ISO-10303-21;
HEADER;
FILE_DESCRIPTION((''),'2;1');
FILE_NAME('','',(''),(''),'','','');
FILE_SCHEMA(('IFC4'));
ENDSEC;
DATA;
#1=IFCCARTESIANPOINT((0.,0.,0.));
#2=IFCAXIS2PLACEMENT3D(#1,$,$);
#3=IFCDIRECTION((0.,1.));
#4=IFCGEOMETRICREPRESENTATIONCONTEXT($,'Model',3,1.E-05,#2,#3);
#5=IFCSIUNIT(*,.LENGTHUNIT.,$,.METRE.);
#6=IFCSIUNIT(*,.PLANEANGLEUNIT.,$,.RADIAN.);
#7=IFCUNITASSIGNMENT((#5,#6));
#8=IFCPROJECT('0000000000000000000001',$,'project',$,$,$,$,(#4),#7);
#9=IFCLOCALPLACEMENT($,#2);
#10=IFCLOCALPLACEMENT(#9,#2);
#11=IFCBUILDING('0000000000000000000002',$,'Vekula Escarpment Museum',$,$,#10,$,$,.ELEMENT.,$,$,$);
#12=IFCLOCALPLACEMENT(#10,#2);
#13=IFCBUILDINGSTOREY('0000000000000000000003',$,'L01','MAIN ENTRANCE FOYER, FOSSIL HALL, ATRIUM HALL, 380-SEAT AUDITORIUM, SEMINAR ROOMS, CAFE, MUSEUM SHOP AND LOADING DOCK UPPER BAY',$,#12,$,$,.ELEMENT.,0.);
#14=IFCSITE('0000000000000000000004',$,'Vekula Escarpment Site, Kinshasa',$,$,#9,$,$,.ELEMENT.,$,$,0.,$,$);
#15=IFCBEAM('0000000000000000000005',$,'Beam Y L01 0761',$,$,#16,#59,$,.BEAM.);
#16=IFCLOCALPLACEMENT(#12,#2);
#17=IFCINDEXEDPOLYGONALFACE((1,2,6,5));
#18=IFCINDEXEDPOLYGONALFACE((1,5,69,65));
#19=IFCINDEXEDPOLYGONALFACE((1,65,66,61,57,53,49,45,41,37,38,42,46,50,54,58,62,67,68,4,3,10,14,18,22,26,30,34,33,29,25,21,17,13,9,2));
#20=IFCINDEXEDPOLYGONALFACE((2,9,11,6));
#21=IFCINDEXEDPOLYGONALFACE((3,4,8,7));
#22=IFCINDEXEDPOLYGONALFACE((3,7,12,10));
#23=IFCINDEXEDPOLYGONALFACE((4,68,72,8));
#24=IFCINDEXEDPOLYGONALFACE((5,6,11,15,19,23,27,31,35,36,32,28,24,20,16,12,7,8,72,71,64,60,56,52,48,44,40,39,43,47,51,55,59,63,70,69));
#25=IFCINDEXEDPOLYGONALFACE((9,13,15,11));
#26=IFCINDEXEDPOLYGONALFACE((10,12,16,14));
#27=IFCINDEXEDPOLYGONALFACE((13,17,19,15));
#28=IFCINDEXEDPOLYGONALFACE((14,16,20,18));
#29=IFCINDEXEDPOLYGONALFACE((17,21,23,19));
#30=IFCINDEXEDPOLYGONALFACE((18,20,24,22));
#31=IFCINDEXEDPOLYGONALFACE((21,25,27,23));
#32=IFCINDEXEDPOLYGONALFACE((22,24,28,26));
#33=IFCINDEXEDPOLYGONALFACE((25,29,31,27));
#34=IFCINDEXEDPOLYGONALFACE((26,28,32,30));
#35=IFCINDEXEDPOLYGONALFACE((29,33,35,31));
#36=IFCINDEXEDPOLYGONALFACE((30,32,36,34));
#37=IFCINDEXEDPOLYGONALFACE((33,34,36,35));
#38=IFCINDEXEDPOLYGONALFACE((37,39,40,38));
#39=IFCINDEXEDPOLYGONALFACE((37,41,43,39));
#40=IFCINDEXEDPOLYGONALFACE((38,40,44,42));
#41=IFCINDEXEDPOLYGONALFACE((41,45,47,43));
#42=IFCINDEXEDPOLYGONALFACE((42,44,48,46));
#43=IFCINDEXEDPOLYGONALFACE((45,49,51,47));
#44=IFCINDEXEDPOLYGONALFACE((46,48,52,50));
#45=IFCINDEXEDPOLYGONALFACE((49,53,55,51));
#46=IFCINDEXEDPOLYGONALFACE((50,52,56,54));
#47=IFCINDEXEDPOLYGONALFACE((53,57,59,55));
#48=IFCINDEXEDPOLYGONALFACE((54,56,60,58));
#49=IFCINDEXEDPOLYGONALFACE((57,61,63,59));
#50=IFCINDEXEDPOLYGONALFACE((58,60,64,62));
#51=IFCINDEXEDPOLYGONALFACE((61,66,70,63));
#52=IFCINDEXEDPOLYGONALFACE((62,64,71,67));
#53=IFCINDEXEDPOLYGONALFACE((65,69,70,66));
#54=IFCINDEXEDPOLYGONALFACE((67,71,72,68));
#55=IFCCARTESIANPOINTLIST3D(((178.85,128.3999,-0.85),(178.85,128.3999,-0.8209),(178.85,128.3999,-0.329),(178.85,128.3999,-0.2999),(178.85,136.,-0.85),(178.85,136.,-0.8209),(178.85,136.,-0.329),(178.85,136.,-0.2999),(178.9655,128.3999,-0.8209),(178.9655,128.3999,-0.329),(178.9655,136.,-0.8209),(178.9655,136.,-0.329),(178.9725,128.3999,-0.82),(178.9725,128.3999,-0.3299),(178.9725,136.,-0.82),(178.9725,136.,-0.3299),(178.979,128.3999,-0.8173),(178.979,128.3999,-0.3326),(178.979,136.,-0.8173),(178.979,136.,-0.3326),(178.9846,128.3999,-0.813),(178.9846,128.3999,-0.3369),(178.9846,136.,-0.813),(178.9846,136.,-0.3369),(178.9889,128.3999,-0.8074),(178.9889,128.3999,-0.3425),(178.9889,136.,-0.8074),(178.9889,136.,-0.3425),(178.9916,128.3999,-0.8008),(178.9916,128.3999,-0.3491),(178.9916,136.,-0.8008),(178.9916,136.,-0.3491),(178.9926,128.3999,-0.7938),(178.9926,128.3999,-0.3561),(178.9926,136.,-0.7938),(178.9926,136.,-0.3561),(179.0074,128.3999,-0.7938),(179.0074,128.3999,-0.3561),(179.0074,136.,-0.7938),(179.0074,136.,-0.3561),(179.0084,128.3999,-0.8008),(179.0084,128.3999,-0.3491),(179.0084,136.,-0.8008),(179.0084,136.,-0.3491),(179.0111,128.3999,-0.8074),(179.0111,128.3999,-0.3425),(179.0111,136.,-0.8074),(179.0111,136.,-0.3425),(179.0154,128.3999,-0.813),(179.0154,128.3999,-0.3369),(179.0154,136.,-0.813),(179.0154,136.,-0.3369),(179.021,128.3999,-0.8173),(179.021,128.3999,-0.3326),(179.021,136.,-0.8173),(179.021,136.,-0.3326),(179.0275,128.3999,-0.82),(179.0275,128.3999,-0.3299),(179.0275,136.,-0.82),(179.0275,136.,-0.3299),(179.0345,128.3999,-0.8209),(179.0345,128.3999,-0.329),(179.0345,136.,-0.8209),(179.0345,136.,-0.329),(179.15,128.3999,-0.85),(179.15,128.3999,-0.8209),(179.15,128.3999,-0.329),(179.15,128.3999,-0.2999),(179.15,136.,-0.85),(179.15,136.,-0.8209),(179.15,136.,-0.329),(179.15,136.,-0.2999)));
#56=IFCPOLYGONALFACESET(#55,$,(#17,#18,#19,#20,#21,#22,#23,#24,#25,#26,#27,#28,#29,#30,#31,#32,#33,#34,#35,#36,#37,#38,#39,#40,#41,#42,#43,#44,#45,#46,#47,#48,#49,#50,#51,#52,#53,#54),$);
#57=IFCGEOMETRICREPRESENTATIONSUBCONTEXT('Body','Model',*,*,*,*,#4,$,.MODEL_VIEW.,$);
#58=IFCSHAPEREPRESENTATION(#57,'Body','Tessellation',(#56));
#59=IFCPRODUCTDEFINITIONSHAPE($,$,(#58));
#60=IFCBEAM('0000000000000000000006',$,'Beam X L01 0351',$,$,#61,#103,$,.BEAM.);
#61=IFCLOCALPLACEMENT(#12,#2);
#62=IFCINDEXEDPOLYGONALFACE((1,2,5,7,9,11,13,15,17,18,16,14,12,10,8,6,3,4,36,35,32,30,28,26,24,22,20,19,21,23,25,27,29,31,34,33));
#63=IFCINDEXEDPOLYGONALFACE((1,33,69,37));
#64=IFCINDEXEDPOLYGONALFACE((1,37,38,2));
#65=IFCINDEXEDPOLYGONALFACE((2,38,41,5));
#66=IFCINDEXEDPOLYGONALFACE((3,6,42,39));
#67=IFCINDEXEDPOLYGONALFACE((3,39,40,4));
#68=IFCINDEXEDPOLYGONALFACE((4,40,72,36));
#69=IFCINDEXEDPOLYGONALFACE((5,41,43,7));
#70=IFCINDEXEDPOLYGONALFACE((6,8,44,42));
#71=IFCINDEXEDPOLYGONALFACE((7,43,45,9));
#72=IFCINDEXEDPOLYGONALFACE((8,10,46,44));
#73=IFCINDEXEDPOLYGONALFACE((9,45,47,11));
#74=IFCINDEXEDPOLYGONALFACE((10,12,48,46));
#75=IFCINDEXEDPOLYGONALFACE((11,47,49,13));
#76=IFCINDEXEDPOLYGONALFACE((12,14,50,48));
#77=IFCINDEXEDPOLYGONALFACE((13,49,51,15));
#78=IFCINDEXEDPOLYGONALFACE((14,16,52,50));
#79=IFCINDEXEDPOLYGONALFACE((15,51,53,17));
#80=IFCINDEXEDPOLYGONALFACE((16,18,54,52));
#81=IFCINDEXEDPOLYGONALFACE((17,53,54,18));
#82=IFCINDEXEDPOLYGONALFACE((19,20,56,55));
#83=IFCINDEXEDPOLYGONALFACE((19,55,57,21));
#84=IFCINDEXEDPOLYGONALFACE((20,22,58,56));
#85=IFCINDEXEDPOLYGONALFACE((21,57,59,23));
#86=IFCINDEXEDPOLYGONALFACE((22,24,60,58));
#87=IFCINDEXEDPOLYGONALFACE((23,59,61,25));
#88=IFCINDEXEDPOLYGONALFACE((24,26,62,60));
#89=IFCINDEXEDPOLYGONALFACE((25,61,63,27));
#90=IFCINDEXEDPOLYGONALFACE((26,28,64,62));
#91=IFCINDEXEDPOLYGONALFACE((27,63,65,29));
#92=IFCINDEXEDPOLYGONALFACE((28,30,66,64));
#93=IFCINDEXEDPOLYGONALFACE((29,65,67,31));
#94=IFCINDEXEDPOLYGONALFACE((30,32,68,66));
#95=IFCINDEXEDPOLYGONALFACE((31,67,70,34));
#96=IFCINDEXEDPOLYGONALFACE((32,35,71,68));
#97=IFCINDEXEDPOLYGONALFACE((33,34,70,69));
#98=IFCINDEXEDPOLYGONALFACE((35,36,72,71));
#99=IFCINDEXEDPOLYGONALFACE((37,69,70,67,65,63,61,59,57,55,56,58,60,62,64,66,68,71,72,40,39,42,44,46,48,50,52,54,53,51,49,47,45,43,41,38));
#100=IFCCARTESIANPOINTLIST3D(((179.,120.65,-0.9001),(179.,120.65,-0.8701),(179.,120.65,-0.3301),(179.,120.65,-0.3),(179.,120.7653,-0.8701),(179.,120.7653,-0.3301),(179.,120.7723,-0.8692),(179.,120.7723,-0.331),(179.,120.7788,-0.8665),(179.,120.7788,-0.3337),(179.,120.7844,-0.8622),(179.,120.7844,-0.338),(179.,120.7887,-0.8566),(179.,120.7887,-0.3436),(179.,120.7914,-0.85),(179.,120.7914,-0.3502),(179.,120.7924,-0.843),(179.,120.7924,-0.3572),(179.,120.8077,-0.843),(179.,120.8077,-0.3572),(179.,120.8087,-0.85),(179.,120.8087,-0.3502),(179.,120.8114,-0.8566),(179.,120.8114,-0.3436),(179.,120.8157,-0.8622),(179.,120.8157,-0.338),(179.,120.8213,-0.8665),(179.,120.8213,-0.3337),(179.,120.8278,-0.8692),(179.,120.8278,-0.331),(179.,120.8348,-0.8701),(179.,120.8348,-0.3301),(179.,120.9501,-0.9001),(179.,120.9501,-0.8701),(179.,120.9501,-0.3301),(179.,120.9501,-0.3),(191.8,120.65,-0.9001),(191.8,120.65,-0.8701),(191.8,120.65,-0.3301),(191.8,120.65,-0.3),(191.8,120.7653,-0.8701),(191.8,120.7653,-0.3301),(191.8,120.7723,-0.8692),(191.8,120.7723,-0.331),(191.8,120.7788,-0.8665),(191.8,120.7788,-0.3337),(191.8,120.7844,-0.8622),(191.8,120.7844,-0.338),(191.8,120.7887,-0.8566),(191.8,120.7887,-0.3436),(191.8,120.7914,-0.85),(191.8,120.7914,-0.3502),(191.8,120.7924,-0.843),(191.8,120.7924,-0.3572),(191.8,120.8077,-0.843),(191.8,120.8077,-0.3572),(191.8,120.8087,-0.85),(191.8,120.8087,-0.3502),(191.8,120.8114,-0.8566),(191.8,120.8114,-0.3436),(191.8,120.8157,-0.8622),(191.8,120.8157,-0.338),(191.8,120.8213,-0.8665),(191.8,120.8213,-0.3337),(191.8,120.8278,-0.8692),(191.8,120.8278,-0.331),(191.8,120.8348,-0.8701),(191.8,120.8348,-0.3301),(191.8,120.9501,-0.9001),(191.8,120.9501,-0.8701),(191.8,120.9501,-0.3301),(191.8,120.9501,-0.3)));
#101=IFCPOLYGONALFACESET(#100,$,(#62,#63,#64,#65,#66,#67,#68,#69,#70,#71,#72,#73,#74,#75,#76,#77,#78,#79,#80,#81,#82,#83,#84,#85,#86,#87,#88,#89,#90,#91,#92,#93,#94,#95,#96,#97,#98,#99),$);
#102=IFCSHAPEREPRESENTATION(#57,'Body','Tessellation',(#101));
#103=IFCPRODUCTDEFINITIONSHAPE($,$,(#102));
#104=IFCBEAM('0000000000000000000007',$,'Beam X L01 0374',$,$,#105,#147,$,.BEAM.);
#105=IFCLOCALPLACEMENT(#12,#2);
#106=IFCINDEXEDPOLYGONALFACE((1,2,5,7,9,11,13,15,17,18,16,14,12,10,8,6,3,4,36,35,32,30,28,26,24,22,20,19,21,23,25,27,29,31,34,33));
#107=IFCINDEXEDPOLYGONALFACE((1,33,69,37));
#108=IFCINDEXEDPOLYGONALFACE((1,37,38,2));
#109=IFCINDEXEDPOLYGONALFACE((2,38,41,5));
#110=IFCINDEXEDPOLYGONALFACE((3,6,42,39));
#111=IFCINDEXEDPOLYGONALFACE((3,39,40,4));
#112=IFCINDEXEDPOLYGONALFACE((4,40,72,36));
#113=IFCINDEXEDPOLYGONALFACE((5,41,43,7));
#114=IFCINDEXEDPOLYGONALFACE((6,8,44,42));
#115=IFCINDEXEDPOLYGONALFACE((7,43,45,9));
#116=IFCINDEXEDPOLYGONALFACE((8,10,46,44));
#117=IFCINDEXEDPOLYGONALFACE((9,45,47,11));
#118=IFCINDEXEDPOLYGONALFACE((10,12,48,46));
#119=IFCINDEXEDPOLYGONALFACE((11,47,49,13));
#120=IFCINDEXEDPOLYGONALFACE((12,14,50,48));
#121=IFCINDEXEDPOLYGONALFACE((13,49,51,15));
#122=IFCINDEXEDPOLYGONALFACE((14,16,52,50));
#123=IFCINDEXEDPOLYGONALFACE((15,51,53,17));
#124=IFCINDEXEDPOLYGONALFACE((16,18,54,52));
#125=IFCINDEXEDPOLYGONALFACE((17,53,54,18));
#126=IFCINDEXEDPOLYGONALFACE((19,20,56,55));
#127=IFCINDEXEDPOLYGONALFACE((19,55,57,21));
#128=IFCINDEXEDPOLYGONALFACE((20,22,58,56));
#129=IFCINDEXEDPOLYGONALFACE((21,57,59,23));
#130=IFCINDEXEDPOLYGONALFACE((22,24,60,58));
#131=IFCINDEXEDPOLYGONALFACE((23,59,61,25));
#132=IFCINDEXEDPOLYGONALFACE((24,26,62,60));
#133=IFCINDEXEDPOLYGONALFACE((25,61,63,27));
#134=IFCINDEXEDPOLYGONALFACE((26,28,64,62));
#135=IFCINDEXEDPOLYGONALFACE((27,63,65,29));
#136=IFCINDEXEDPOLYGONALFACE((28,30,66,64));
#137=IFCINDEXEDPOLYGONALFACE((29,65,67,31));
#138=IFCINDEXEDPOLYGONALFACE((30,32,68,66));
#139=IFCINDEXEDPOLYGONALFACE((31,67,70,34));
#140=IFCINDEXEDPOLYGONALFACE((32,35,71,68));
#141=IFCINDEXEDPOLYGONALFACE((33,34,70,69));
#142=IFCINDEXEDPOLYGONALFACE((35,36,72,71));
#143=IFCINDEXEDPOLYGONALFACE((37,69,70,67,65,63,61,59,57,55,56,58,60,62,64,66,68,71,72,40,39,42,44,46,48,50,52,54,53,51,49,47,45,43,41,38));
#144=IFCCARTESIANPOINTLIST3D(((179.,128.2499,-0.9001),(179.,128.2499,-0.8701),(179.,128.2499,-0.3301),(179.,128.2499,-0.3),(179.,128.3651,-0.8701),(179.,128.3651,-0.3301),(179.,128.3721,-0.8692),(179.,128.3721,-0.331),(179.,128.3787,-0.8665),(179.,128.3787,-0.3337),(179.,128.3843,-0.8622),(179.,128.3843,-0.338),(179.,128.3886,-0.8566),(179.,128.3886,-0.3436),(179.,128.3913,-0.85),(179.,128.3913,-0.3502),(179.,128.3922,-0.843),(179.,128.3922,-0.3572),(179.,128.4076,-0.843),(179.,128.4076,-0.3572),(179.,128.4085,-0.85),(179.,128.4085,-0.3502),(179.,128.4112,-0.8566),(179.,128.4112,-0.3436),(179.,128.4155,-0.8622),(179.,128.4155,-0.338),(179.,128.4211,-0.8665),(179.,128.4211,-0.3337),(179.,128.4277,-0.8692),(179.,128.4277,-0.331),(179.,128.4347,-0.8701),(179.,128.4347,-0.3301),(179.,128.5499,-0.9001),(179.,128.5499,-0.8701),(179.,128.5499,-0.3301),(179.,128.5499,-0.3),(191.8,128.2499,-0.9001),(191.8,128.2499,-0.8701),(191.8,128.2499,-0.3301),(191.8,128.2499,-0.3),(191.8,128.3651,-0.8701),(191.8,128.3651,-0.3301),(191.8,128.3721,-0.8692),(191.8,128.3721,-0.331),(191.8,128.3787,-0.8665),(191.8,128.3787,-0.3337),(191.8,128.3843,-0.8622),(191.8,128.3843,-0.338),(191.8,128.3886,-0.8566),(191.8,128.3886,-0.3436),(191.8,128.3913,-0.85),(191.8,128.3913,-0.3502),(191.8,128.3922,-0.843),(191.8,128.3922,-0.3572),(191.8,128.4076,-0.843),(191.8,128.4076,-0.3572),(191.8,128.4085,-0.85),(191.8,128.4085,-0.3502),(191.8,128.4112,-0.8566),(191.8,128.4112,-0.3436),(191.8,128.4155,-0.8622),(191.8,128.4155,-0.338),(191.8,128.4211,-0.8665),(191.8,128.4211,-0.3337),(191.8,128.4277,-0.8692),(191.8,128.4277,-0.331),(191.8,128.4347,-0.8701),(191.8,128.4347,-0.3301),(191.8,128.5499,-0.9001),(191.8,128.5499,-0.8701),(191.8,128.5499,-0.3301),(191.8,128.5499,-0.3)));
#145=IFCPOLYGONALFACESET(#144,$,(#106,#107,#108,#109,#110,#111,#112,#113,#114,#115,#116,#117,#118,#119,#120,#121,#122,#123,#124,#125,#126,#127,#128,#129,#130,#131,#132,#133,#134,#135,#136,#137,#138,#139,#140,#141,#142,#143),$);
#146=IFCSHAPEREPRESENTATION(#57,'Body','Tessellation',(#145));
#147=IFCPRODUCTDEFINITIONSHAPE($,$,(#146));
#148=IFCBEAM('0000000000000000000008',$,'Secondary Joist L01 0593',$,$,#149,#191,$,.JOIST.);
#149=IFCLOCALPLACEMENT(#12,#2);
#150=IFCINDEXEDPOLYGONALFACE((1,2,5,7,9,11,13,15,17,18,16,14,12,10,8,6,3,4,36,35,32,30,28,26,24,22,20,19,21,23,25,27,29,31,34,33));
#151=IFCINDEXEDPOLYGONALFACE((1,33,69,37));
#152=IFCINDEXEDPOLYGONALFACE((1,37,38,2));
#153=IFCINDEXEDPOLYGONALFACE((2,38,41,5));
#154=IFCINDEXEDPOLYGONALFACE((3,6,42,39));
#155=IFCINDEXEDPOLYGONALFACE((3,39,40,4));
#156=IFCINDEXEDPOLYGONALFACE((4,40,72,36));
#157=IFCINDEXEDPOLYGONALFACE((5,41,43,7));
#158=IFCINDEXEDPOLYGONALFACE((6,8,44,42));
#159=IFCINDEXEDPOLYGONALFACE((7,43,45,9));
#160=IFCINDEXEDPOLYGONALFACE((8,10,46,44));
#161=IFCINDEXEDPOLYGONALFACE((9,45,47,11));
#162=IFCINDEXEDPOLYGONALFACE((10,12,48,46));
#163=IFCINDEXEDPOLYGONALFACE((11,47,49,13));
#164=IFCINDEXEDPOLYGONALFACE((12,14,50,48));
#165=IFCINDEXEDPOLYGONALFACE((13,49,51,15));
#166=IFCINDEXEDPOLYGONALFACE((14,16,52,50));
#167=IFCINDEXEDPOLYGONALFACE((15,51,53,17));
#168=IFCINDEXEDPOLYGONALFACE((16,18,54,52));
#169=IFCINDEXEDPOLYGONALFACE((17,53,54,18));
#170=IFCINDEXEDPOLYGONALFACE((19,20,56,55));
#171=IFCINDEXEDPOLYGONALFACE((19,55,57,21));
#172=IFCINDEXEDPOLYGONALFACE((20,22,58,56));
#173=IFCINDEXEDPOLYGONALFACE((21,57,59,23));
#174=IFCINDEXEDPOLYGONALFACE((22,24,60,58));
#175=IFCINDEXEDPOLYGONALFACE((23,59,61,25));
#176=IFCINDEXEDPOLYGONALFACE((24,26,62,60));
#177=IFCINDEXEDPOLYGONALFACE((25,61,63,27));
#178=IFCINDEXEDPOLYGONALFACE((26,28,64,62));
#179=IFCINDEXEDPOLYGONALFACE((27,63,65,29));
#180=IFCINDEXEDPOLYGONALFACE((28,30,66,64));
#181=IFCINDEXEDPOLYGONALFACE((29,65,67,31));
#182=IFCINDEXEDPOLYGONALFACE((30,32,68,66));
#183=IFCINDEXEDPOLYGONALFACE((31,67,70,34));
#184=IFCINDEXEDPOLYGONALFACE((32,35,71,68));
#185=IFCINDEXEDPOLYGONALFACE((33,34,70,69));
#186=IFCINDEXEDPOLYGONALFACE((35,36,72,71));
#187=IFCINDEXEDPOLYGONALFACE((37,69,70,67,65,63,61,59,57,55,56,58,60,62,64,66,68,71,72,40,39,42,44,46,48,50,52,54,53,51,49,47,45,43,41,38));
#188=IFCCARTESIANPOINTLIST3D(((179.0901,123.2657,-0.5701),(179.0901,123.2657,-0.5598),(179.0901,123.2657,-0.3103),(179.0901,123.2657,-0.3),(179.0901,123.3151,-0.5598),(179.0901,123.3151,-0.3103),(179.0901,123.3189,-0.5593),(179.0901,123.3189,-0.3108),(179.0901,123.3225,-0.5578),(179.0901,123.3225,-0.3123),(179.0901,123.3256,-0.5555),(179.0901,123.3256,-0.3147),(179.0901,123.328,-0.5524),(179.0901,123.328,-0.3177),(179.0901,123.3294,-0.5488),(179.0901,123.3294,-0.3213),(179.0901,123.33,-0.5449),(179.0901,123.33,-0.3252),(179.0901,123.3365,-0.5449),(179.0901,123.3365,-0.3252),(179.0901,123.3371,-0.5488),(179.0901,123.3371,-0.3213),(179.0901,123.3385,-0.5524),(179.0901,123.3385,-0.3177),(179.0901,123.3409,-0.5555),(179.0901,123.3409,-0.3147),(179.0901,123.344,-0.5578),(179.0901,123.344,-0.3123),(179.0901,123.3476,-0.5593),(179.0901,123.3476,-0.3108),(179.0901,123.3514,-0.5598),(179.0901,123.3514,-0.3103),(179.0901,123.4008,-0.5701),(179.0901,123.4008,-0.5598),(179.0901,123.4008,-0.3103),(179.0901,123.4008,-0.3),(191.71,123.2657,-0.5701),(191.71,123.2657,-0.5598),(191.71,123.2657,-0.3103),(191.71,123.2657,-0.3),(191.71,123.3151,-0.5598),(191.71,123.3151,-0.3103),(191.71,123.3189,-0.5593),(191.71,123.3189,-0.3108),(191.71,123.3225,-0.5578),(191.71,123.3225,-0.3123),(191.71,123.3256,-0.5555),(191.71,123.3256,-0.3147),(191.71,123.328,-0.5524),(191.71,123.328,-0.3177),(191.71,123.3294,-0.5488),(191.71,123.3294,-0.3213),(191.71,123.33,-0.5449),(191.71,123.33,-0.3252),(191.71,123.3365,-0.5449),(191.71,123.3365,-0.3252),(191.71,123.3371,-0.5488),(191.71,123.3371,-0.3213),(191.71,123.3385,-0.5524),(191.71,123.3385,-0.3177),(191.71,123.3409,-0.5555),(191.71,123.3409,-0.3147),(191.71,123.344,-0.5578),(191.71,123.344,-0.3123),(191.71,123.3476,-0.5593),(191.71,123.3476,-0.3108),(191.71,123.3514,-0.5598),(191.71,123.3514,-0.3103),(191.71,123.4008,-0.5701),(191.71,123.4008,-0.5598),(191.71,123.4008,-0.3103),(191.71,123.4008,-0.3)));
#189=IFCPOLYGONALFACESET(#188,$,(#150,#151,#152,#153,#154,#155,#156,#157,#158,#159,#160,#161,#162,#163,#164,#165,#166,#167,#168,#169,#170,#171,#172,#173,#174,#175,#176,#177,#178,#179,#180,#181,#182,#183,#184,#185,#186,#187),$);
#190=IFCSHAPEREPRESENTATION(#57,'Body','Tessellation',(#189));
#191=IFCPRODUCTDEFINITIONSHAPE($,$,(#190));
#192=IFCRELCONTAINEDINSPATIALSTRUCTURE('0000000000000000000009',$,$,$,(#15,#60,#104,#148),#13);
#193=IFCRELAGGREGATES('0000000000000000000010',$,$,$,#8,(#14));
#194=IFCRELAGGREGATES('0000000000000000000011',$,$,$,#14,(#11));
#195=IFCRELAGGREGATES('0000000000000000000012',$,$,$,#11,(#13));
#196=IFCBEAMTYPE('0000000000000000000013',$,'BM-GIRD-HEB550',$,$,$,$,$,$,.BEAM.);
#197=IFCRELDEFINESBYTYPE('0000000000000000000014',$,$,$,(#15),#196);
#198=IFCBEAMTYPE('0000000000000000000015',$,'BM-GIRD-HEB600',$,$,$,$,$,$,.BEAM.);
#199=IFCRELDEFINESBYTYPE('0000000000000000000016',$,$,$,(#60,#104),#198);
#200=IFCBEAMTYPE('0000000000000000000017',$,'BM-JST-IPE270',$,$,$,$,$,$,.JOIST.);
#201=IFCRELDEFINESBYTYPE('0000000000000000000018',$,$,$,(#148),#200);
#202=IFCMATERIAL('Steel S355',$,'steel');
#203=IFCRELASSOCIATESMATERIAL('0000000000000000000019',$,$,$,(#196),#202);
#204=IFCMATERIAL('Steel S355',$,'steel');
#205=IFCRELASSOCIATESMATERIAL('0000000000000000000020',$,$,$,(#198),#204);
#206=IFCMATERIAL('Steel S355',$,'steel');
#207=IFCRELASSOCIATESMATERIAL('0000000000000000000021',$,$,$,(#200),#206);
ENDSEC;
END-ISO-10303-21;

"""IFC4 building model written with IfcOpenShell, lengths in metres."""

from ifc_helpers import new_model, si_unit, direction, frame, origin, origin_2d, place, context, subcontext, project, spatial, i_section, extrude, material, material_profile, profile_set, type_object, element, save


model = new_model("IFC4")

# Units and contexts
model_context = context("Model", 3, precision=1e-05, world=origin(), true_north=direction((0.0, 1.0)))
body_context = subcontext(model_context, "Body", "Model", "MODEL_VIEW")
ifc_project = project(units=[si_unit("LENGTHUNIT", "METRE"), si_unit("PLANEANGLEUNIT", "RADIAN")], contexts=[model_context])

# Site, building, storey
site_placement = place(None, origin())
site = spatial("IfcSite", under=ifc_project, at=site_placement, Name="Vekula Escarpment Site, Kinshasa", CompositionType="ELEMENT", RefElevation=0.0)
building_placement = place(site_placement, origin())
building = spatial("IfcBuilding", under=site, at=building_placement, Name="Vekula Escarpment Museum", CompositionType="ELEMENT")
storey_placement = place(building_placement, origin())
storey = spatial("IfcBuildingStorey", under=building, at=storey_placement, Name="L01", Description="MAIN ENTRANCE FOYER, FOSSIL HALL, ATRIUM HALL, 380-SEAT AUDITORIUM, SEMINAR ROOMS, CAFE, MUSEUM SHOP AND LOADING DOCK UPPER BAY", CompositionType="ELEMENT", Elevation=0.0)

# Beams
ifc_material_1 = material(Name="Steel S355", Category="steel")
ifc_material_profile_1 = material_profile(ifc_material_1, i_section(OverallWidth=0.3, OverallDepth=0.55, WebThickness=0.0149, FlangeThickness=0.0291, FilletRadius=0.0271, at=origin_2d()), Name="HEB 550")
ifc_profile_set_1 = profile_set([ifc_material_profile_1], Name="Steel S355")
beam_type_1 = type_object("IfcBeamType", Name="BM-GIRD-HEB550", PredefinedType="BEAM", material=ifc_profile_set_1)
beam_1_placement = place(storey_placement, frame((179.0, 128.3999, -0.575), z_axis=(0.0, 1.0, 0.0), x_axis=(-1.0, 0.0, 0.0)))
element("IfcBeam", 1, at=beam_1_placement, inside=storey, type_object=beam_type_1, Name="Beam Y L01 0761", PredefinedType="BEAM", context=body_context, shape_type="SweptSolid", body=[
    extrude(i_section(OverallWidth=0.3, OverallDepth=0.55, WebThickness=0.0149, FlangeThickness=0.0291, FilletRadius=0.0271, at=origin_2d()), origin(), (0.0, 0.0, 1.0), 7.6001),
])
ifc_material_2 = material(Name="Steel S355", Category="steel")
ifc_material_profile_2 = material_profile(ifc_material_2, i_section(OverallWidth=0.3, OverallDepth=0.6001, WebThickness=0.0154, FlangeThickness=0.03, FilletRadius=0.0271, at=origin_2d()), Name="HEB 600")
ifc_profile_set_2 = profile_set([ifc_material_profile_2], Name="Steel S355")
beam_type_2 = type_object("IfcBeamType", Name="BM-GIRD-HEB600", PredefinedType="BEAM", material=ifc_profile_set_2)
for number, where, z_axis, x_axis, name in (
    (2, (179.0, 120.8, -0.6001), (1.0, 0.0, 0.0), (0.0, 1.0, 0.0), "Beam X L01 0351"),
    (3, (179.0, 128.3999, -0.6001), (1.0, 0.0, 0.0), (0.0, 1.0, 0.0), "Beam X L01 0374"),
):
    element("IfcBeam", number, at=place(storey_placement, frame(where, z_axis=z_axis, x_axis=x_axis)), inside=storey, type_object=beam_type_2, Name=name, PredefinedType="BEAM", context=body_context, shape_type="SweptSolid", body=[
        extrude(i_section(OverallWidth=0.3, OverallDepth=0.6001, WebThickness=0.0154, FlangeThickness=0.03, FilletRadius=0.0271, at=origin_2d()), origin(), (0.0, 0.0, 1.0), 12.8),
    ])
ifc_material_3 = material(Name="Steel S355", Category="steel")
ifc_material_profile_3 = material_profile(ifc_material_3, i_section(OverallWidth=0.135, OverallDepth=0.27, WebThickness=0.0066, FlangeThickness=0.0103, FilletRadius=0.0149, at=origin_2d()), Name="IPE 270")
ifc_profile_set_3 = profile_set([ifc_material_profile_3], Name="Steel S355")
beam_type_3 = type_object("IfcBeamType", Name="BM-JST-IPE270", PredefinedType="JOIST", material=ifc_profile_set_3)
for number, where, z_axis, x_axis, name in (
    (4, (179.0901, 123.3333, -0.4351), (1.0, 0.0, 0.0), (0.0, 1.0, 0.0), "Secondary Joist L01 0593"),
):
    element("IfcBeam", number, at=place(storey_placement, frame(where, z_axis=z_axis, x_axis=x_axis)), inside=storey, type_object=beam_type_3, Name=name, PredefinedType="JOIST", context=body_context, shape_type="SweptSolid", body=[
        extrude(i_section(OverallWidth=0.135, OverallDepth=0.27, WebThickness=0.0066, FlangeThickness=0.0103, FilletRadius=0.0149, at=origin_2d()), origin(), (0.0, 0.0, 1.0), 12.6199),
    ])

save(model, "model.ifc")
